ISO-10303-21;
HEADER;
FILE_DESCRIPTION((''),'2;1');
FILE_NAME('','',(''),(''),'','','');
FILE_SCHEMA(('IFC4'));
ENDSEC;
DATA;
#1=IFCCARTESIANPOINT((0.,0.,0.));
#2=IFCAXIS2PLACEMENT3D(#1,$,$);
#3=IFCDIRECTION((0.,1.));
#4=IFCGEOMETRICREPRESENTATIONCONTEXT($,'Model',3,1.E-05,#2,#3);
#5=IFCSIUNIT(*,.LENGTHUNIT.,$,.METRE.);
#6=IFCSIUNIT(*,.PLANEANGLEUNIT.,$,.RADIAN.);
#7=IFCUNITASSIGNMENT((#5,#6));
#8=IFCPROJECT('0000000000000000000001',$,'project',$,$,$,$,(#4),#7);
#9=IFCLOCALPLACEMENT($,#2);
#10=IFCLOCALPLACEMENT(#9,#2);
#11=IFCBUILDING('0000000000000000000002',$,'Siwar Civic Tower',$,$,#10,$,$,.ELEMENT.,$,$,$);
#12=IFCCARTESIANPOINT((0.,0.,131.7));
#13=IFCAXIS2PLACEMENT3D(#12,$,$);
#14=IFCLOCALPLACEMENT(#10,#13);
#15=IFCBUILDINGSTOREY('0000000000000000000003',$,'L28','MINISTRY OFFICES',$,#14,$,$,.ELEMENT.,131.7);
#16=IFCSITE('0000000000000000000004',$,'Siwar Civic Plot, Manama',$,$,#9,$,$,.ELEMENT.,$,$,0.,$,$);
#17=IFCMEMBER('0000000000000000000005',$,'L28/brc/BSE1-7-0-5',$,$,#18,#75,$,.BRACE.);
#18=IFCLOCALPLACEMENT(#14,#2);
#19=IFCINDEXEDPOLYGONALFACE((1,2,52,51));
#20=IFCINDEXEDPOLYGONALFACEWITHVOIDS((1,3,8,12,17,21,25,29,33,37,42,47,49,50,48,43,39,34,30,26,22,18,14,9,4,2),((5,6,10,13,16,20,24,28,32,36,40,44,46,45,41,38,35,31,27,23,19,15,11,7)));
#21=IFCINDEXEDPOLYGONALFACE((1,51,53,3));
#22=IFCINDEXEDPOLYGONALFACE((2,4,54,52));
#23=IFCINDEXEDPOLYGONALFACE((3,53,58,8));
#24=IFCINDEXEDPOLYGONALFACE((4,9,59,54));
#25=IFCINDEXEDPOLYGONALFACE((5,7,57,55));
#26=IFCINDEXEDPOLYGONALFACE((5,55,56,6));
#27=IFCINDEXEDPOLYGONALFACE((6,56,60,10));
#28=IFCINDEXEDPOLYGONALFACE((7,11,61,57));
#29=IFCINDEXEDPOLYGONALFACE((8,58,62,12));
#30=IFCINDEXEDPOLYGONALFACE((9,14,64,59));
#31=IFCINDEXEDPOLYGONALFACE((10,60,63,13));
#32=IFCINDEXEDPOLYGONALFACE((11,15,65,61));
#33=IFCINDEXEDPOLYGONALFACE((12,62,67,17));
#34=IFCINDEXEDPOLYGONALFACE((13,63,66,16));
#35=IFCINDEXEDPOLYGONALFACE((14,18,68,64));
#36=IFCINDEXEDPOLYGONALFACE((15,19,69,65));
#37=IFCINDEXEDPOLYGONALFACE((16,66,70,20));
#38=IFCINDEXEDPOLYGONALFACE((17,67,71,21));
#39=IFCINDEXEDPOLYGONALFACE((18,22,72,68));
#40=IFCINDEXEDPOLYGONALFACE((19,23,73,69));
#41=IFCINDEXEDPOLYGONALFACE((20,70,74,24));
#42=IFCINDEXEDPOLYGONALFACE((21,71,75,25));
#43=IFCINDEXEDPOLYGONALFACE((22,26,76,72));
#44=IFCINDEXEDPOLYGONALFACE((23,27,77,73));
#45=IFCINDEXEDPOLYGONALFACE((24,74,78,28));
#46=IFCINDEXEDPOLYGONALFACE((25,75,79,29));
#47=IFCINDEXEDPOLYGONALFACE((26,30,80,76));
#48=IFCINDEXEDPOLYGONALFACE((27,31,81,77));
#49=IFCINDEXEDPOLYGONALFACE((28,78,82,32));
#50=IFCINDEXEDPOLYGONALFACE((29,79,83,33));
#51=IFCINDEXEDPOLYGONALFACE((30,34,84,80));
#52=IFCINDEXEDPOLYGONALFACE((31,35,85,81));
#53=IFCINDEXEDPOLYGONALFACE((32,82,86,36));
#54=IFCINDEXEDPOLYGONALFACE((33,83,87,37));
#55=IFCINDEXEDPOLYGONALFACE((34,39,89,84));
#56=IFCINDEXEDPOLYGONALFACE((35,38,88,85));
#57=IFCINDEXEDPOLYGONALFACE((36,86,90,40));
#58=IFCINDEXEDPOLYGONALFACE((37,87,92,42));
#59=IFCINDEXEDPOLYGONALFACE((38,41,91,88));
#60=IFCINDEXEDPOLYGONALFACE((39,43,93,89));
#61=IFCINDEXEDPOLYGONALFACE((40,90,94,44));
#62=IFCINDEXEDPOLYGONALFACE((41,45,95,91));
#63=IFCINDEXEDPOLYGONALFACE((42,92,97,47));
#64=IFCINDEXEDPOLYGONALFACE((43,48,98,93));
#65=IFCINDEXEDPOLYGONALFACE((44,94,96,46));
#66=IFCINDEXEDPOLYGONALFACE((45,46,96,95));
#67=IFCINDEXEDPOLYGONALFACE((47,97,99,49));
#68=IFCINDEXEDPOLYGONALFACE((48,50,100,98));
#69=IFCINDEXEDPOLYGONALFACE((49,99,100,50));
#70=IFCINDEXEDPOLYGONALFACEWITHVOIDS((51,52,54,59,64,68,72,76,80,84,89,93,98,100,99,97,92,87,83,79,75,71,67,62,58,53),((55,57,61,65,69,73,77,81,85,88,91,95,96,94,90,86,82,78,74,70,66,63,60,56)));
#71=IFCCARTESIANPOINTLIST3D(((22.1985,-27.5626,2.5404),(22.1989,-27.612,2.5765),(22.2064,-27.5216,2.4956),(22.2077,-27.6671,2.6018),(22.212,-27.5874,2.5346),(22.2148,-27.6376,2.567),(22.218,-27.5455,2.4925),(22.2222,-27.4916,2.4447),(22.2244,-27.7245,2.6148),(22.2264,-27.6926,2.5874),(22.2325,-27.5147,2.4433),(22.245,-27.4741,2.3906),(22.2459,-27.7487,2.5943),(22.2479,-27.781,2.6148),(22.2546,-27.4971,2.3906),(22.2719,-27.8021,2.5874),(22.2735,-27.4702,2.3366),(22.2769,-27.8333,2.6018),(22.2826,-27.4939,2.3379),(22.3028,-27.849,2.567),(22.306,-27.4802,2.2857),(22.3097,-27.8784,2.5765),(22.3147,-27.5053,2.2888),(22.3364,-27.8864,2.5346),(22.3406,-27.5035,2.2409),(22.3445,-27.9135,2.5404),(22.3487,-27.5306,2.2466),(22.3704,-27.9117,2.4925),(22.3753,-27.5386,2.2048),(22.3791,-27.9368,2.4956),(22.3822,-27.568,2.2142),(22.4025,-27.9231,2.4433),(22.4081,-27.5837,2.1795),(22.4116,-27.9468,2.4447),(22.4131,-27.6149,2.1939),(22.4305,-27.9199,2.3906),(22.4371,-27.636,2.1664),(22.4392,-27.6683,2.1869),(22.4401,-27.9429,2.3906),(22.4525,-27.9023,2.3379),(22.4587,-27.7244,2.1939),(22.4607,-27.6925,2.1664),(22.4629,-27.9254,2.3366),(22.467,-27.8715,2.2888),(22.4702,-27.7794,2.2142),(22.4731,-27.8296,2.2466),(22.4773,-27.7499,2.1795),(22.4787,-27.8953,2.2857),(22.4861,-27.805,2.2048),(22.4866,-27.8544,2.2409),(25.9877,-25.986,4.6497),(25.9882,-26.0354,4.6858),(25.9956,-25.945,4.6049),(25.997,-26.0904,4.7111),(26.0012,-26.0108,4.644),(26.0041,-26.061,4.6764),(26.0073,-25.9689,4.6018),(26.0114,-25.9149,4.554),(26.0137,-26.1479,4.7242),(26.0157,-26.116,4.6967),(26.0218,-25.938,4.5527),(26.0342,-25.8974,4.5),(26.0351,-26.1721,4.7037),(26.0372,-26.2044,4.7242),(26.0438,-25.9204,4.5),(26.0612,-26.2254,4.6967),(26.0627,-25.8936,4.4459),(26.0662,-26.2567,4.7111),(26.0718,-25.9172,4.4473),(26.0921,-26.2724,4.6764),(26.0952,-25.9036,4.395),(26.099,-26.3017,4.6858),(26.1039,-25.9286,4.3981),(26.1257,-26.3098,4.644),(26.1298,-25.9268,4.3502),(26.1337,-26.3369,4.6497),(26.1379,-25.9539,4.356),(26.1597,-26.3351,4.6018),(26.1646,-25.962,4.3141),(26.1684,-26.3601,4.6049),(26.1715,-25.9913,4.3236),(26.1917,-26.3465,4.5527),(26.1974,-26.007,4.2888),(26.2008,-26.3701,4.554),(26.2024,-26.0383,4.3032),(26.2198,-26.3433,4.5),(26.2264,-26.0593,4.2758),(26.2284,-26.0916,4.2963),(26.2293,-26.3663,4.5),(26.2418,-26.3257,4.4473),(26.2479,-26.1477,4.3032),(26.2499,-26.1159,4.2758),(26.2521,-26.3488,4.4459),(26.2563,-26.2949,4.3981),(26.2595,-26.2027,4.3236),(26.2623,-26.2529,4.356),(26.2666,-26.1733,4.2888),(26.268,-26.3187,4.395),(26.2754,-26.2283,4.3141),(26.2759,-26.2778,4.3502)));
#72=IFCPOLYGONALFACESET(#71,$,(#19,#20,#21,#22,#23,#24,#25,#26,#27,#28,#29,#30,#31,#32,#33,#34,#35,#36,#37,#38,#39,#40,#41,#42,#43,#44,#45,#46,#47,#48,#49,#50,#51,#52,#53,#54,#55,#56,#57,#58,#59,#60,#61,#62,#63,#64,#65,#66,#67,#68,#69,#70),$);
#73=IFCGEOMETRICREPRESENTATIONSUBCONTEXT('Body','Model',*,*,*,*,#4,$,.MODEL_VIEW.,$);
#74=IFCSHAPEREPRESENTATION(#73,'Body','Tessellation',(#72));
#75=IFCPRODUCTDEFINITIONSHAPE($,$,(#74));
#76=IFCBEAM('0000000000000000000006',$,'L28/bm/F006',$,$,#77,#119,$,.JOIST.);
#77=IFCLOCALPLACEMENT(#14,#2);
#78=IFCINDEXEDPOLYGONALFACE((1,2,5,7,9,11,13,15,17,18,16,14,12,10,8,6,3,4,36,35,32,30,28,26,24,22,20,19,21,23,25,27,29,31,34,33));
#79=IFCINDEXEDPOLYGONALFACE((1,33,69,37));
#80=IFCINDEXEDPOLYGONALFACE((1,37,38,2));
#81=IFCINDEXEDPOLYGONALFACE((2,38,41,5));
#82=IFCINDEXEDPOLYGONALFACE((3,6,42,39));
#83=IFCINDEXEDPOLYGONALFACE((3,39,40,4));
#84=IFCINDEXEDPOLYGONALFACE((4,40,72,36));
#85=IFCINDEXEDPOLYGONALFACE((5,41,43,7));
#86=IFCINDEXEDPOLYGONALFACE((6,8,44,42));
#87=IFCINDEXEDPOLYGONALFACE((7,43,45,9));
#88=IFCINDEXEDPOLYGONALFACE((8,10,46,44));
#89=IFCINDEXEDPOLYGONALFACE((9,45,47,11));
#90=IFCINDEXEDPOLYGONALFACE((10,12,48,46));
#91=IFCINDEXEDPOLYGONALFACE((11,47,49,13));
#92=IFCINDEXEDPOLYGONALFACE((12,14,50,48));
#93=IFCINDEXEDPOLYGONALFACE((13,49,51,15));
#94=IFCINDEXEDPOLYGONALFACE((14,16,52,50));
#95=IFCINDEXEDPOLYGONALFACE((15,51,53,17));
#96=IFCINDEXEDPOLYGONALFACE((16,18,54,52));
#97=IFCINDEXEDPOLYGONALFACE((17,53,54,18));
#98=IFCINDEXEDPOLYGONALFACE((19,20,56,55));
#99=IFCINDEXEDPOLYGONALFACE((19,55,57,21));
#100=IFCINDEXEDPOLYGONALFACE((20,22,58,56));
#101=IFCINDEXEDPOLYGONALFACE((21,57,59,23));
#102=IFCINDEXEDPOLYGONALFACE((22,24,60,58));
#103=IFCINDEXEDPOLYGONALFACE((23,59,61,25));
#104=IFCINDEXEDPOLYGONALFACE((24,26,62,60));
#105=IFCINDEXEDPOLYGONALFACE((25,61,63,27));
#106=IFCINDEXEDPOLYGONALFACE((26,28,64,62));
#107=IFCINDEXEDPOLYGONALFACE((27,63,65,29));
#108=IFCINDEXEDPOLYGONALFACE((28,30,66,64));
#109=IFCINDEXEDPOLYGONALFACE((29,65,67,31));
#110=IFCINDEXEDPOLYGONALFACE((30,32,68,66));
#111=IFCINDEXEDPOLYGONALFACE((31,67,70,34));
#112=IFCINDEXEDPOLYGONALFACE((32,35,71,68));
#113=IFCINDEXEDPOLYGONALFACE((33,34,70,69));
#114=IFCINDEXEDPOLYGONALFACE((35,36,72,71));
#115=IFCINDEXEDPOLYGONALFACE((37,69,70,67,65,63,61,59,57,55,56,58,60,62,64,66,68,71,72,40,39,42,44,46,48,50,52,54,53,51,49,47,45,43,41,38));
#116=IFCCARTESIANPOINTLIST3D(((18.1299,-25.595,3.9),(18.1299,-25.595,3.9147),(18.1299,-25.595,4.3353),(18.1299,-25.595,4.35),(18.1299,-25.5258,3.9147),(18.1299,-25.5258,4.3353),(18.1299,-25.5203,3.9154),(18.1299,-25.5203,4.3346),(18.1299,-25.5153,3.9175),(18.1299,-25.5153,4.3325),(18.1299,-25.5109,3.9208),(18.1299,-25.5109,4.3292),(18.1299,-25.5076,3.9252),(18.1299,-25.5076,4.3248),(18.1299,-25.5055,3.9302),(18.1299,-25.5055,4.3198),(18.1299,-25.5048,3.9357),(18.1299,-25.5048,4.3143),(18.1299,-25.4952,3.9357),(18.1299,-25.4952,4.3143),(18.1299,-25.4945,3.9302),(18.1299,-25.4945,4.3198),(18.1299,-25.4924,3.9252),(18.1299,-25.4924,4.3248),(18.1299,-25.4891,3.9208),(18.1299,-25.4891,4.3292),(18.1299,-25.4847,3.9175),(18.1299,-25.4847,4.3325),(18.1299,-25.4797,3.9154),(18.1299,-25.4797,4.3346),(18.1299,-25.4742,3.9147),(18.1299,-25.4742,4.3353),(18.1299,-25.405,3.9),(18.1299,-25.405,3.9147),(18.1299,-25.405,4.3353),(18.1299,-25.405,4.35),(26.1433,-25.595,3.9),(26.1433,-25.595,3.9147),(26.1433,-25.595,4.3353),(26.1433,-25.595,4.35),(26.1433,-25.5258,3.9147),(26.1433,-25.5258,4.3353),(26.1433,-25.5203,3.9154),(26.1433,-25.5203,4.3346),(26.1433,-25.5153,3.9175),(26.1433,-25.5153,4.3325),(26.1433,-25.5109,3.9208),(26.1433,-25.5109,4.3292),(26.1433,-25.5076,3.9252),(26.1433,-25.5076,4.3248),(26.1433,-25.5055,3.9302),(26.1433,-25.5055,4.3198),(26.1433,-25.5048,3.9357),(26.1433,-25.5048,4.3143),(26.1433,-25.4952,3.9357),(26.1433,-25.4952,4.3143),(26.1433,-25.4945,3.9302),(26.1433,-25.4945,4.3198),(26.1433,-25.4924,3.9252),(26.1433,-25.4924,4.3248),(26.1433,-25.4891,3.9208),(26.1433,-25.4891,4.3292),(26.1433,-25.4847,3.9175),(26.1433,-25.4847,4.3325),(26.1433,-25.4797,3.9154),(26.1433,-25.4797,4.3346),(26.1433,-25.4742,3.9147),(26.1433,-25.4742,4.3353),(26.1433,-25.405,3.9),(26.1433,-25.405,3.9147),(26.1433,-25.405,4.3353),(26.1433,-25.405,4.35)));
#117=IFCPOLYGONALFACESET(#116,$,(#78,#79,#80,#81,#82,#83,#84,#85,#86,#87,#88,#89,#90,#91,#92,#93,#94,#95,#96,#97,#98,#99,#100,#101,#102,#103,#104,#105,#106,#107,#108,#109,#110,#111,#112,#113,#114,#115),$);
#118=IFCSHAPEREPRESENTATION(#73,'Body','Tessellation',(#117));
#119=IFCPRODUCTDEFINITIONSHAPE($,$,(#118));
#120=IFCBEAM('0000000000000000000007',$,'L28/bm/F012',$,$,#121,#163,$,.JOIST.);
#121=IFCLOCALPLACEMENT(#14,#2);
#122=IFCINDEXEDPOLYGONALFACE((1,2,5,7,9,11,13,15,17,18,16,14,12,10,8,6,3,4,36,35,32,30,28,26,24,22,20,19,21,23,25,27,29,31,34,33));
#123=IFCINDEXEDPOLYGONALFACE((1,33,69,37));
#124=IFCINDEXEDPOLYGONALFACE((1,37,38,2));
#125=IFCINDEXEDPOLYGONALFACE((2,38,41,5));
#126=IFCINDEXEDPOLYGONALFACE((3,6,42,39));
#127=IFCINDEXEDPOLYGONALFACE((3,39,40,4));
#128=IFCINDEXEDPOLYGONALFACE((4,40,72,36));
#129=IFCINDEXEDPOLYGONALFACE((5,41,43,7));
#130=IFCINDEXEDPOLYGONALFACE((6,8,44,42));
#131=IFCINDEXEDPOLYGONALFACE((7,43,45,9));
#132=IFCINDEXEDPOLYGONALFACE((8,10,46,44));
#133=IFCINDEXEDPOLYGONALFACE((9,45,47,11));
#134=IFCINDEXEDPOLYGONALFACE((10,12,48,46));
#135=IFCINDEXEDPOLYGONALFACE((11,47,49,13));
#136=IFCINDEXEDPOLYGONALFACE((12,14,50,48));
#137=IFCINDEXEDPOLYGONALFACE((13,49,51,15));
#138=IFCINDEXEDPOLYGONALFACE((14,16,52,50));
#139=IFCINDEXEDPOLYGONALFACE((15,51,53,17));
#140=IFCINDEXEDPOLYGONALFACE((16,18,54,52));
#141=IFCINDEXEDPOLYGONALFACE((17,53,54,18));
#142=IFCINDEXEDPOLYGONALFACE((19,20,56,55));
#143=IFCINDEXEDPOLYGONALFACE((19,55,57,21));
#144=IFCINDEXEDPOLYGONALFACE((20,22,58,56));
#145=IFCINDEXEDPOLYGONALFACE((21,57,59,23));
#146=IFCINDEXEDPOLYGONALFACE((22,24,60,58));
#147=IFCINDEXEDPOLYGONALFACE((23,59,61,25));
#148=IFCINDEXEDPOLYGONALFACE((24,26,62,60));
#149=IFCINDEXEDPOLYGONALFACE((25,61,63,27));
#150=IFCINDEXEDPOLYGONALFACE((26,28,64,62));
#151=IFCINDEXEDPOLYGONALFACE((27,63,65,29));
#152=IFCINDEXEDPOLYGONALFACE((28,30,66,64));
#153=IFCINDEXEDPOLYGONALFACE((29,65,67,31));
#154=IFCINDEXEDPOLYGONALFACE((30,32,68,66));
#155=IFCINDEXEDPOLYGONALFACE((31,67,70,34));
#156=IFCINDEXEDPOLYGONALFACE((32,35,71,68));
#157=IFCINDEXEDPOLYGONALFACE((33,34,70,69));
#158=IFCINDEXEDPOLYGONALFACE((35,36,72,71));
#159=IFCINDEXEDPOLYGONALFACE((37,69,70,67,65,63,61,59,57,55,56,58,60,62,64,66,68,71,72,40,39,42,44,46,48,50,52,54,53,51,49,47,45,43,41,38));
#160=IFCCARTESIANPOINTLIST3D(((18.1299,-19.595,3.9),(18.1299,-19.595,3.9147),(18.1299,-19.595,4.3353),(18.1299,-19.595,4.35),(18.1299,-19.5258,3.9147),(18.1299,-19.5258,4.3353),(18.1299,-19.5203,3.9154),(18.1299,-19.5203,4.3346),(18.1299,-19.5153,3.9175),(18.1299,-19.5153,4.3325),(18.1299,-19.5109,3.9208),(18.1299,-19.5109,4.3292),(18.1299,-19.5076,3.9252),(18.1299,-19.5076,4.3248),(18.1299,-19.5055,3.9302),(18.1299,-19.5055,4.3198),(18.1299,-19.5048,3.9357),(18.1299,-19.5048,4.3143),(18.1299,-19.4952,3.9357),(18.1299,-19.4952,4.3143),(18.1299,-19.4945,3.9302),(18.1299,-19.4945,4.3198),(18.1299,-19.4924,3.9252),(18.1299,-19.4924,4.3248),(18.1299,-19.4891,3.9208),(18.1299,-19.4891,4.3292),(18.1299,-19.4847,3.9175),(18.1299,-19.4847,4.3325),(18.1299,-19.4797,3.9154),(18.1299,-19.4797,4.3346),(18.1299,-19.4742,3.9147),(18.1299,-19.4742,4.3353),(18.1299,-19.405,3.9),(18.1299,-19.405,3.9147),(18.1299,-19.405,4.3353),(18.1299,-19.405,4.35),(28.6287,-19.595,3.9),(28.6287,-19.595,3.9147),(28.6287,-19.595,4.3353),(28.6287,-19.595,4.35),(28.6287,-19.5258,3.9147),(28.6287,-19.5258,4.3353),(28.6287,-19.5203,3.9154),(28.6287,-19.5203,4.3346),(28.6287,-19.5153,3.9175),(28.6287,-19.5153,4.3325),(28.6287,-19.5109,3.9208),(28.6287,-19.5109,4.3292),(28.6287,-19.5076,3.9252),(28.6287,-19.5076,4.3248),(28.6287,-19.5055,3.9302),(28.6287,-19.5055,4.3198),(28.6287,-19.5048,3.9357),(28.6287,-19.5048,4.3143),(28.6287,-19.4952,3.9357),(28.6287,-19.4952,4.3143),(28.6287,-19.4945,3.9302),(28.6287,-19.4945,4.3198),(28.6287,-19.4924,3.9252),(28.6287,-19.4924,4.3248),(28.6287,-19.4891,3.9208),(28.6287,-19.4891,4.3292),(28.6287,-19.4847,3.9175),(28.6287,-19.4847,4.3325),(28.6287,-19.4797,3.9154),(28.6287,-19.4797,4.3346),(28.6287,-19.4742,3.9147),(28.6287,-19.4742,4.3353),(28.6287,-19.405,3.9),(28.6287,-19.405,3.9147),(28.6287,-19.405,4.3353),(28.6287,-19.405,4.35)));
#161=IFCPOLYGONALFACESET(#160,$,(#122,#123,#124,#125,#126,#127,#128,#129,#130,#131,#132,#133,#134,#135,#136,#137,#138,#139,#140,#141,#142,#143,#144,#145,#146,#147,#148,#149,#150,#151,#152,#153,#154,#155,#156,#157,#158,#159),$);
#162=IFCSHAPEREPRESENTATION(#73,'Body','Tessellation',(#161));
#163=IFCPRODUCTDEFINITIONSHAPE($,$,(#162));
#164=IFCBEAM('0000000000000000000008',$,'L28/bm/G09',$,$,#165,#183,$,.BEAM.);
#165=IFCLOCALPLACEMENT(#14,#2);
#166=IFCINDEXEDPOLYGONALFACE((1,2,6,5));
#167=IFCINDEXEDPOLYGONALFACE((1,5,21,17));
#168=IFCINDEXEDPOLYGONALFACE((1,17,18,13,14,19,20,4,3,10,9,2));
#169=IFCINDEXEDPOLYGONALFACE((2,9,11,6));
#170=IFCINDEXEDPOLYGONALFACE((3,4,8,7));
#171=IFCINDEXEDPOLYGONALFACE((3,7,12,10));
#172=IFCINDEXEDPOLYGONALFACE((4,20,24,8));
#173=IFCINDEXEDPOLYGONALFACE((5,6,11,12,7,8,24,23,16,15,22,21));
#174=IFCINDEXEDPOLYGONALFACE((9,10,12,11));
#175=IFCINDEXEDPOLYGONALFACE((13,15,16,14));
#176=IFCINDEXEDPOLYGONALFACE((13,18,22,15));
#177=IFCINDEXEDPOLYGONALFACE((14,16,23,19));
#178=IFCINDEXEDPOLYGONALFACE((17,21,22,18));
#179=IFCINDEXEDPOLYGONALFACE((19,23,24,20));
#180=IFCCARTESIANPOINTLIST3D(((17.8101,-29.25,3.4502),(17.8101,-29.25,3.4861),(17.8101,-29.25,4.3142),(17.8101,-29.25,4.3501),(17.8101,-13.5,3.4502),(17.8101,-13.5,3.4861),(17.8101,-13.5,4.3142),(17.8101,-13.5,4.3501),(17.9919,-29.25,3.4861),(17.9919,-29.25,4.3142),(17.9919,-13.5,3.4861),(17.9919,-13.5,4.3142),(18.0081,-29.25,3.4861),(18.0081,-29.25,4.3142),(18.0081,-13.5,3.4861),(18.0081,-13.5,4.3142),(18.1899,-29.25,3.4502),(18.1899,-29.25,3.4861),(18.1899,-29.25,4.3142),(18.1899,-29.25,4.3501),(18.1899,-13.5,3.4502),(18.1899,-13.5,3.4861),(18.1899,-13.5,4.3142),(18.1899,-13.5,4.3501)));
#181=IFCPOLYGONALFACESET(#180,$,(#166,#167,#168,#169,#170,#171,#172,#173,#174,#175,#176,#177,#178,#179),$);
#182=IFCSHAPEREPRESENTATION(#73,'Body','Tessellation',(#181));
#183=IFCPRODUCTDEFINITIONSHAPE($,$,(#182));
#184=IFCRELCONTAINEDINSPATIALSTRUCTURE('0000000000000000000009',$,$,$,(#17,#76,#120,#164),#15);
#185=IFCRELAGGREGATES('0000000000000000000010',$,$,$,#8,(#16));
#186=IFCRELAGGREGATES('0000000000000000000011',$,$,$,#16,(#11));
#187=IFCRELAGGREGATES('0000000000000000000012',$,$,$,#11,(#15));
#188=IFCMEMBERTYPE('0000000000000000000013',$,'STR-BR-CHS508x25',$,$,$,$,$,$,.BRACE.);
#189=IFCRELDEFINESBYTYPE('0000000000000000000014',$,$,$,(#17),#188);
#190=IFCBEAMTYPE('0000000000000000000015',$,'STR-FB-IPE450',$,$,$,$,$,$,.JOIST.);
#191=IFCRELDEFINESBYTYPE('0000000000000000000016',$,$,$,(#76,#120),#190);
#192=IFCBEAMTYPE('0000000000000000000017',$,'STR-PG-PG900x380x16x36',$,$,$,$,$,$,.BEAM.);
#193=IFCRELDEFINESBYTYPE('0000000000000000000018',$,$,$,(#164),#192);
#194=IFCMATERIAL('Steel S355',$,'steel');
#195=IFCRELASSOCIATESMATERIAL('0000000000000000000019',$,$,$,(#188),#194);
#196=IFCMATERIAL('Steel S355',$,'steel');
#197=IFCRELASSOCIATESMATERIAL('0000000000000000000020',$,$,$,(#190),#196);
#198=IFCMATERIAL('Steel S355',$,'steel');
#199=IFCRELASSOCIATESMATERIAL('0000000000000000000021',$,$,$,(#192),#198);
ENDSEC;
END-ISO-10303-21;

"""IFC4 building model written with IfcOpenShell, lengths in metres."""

from ifc_helpers import new_model, si_unit, direction, frame, origin, origin_2d, place, context, subcontext, project, spatial, hollow_circle, i_section, extrude, material, material_profile, profile_set, type_object, element, save


model = new_model("IFC4")

# Units and contexts
model_context = context("Model", 3, precision=1e-05, world=origin(), true_north=direction((0.0, 1.0)))
body_context = subcontext(model_context, "Body", "Model", "MODEL_VIEW")
ifc_project = project(units=[si_unit("LENGTHUNIT", "METRE"), si_unit("PLANEANGLEUNIT", "RADIAN")], contexts=[model_context])

# Site, building, storey
site_placement = place(None, origin())
site = spatial("IfcSite", under=ifc_project, at=site_placement, Name="Siwar Civic Plot, Manama", CompositionType="ELEMENT", RefElevation=0.0)
building_placement = place(site_placement, origin())
building = spatial("IfcBuilding", under=site, at=building_placement, Name="Siwar Civic Tower", CompositionType="ELEMENT")
storey_placement = place(building_placement, frame((0.0, 0.0, 131.7)))
storey = spatial("IfcBuildingStorey", under=building, at=storey_placement, Name="L28", Description="MINISTRY OFFICES", CompositionType="ELEMENT", Elevation=131.7)

# Member
ifc_material_1 = material(Name="Steel S355", Category="steel")
ifc_material_profile_1 = material_profile(ifc_material_1, hollow_circle(Radius=0.2539, WallThickness=0.0249, at=origin_2d()), Name="CHS508x25")
ifc_profile_set_1 = profile_set([ifc_material_profile_1], Name="Steel S355")
member_type_1 = type_object("IfcMemberType", Name="STR-BR-CHS508x25", PredefinedType="BRACE", material=ifc_profile_set_1)
for number, where, z_axis, x_axis, name in (
    (1, (22.3425, -27.7085, 2.3906), (0.821163, 0.341671, 0.457113), (-0.384155, 0.923269, 0.0), "L28/brc/BSE1-7-0-5"),
):
    element("IfcMember", number, at=place(storey_placement, frame(where, z_axis=z_axis, x_axis=x_axis)), inside=storey, type_object=member_type_1, Name=name, PredefinedType="BRACE", context=body_context, shape_type="SweptSolid", body=[
        extrude(hollow_circle(Radius=0.2539, WallThickness=0.0249, at=origin_2d()), origin(), (0.0, 0.0, 1.0), 4.6145),
    ])

# Beams
ifc_material_2 = material(Name="Steel S355", Category="steel")
ifc_material_profile_2 = material_profile(ifc_material_2, i_section(OverallWidth=0.1899, OverallDepth=0.45, WebThickness=0.0095, FlangeThickness=0.0146, FilletRadius=0.021, at=origin_2d()), Name="IPE450")
ifc_profile_set_2 = profile_set([ifc_material_profile_2], Name="Steel S355")
beam_type_1 = type_object("IfcBeamType", Name="STR-FB-IPE450", PredefinedType="JOIST", material=ifc_profile_set_2)
beam_1_placement = place(storey_placement, frame((18.1299, -25.5, 4.125), z_axis=(1.0, 0.0, 0.0), x_axis=(0.0, 1.0, 0.0)))
element("IfcBeam", 2, at=beam_1_placement, inside=storey, type_object=beam_type_1, Name="L28/bm/F006", PredefinedType="JOIST", context=body_context, shape_type="SweptSolid", body=[
    extrude(i_section(OverallWidth=0.1899, OverallDepth=0.45, WebThickness=0.0095, FlangeThickness=0.0146, FilletRadius=0.021, at=origin_2d()), origin(), (0.0, 0.0, 1.0), 8.0134),
])
beam_2_placement = place(storey_placement, frame((18.1299, -19.5, 4.125), z_axis=(1.0, 0.0, 0.0), x_axis=(0.0, 1.0, 0.0)))
element("IfcBeam", 3, at=beam_2_placement, inside=storey, type_object=beam_type_1, Name="L28/bm/F012", PredefinedType="JOIST", context=body_context, shape_type="SweptSolid", body=[
    extrude(i_section(OverallWidth=0.1899, OverallDepth=0.45, WebThickness=0.0095, FlangeThickness=0.0146, FilletRadius=0.021, at=origin_2d()), origin(), (0.0, 0.0, 1.0), 10.4988),
])
ifc_material_3 = material(Name="Steel S355", Category="steel")
ifc_material_profile_3 = material_profile(ifc_material_3, i_section(OverallWidth=0.3799, OverallDepth=0.8999, WebThickness=0.0161, FlangeThickness=0.0359, at=origin_2d()), Name="PG900x380x16x36")
ifc_profile_set_3 = profile_set([ifc_material_profile_3], Name="Steel S355")
beam_type_2 = type_object("IfcBeamType", Name="STR-PG-PG900x380x16x36", PredefinedType="BEAM", material=ifc_profile_set_3)
beam_3_placement = place(storey_placement, frame((18.0, -29.25, 3.9001), z_axis=(0.0, 1.0, 0.0), x_axis=(-1.0, 0.0, 0.0)))
element("IfcBeam", 4, at=beam_3_placement, inside=storey, type_object=beam_type_2, Name="L28/bm/G09", PredefinedType="BEAM", context=body_context, shape_type="SweptSolid", body=[
    extrude(i_section(OverallWidth=0.3799, OverallDepth=0.8999, WebThickness=0.0161, FlangeThickness=0.0359, at=origin_2d()), origin(), (0.0, 0.0, 1.0), 15.75),
])

save(model, "model.ifc")
